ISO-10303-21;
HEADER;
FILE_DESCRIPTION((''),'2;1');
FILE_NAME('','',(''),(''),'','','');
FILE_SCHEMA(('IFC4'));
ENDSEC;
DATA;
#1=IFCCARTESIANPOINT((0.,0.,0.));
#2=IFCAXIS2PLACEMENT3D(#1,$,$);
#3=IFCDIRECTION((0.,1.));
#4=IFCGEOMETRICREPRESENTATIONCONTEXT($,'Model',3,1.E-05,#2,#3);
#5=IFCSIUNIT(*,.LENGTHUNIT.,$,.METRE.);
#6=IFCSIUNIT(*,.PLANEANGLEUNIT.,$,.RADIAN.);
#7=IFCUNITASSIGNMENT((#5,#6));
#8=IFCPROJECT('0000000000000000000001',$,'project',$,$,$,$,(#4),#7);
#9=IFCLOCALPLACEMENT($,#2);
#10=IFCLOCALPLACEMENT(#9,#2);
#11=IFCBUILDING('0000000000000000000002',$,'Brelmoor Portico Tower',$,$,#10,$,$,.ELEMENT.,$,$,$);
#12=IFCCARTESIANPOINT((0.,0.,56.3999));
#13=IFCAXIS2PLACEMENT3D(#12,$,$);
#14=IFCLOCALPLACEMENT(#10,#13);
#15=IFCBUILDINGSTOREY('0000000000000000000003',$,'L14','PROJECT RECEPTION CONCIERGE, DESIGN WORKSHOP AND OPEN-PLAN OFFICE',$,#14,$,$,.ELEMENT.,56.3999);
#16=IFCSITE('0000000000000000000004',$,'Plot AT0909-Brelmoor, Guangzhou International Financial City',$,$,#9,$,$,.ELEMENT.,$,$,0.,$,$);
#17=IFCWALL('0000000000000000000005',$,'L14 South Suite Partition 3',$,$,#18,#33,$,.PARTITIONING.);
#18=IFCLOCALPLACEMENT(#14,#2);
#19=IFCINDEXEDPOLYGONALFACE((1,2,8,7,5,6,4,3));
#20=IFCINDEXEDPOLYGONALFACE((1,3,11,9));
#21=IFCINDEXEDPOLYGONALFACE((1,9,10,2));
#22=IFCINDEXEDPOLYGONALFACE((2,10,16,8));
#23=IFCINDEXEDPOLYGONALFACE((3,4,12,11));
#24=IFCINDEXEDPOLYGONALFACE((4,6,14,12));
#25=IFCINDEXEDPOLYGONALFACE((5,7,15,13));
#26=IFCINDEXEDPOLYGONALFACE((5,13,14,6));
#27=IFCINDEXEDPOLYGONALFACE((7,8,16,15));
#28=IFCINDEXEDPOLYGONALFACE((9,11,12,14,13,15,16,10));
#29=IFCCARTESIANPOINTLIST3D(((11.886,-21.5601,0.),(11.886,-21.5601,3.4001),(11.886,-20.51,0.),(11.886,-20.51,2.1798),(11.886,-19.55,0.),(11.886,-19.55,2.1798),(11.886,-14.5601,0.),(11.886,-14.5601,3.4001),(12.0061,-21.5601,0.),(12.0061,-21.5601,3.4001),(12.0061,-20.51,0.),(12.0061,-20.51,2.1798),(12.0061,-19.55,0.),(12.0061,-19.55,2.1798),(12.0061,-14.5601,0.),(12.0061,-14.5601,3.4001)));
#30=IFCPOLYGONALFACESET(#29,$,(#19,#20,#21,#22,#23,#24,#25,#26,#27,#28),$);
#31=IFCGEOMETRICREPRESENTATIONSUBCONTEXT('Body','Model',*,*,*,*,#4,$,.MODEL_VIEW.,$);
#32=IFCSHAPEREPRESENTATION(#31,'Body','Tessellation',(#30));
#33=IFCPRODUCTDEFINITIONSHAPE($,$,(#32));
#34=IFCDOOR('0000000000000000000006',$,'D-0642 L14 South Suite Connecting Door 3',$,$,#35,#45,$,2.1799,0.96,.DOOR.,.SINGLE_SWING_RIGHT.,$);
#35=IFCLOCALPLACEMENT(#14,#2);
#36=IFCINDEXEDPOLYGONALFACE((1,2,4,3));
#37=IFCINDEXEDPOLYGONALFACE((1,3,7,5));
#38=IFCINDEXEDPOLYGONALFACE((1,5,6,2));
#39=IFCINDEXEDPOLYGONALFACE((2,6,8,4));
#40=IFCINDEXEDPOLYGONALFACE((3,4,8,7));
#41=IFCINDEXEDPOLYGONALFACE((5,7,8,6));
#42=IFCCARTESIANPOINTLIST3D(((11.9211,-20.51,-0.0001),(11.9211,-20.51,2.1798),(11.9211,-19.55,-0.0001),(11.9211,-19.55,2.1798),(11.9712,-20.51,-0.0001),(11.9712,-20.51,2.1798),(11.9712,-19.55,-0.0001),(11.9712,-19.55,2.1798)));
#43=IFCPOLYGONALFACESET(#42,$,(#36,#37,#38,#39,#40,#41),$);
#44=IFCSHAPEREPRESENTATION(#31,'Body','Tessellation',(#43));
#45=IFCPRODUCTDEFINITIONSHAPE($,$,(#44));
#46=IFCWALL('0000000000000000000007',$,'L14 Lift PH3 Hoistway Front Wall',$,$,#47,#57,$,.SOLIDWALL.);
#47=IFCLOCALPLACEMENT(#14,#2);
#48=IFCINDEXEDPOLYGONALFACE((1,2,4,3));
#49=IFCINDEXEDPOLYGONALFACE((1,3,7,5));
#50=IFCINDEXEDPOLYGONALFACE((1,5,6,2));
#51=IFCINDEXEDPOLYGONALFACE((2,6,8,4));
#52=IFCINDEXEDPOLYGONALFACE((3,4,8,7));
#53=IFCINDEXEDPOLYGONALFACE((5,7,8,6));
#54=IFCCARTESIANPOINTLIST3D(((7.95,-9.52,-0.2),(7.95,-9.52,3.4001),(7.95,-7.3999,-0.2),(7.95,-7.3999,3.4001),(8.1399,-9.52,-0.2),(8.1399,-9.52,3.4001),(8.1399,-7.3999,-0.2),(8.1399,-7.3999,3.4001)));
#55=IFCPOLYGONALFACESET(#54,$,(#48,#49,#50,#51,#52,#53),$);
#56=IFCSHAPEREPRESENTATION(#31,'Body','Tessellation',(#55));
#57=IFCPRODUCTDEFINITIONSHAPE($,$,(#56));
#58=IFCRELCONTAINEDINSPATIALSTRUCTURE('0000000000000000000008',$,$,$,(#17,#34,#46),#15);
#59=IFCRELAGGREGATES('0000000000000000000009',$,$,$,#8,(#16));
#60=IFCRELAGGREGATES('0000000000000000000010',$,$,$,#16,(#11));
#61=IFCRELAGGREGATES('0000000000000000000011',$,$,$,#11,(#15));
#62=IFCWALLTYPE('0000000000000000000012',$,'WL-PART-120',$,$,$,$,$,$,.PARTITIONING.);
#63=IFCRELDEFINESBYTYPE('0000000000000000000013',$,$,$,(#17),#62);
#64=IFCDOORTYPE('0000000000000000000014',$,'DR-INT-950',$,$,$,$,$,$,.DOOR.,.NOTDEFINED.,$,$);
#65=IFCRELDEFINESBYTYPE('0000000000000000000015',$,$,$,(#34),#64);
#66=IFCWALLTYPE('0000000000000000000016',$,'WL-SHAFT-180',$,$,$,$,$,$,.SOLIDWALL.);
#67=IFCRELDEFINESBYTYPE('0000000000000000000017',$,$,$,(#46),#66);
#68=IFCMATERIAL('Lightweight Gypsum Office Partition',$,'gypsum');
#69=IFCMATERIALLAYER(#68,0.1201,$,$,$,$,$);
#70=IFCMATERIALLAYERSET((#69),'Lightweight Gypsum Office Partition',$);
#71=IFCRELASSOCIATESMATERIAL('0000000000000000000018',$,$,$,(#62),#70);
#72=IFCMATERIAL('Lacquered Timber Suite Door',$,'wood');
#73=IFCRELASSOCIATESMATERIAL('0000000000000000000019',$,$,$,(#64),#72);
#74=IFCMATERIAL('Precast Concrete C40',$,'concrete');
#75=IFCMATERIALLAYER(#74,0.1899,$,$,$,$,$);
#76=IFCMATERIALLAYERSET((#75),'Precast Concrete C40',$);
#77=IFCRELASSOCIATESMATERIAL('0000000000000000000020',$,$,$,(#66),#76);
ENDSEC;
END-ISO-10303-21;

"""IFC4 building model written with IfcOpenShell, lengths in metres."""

from ifc_helpers import new_model, si_unit, direction, frame, frame_2d, origin, place, context, subcontext, project, spatial, rectangle, extrude, material, layer, layer_set, type_object, element, fill, save


model = new_model("IFC4")

# Units and contexts
model_context = context("Model", 3, precision=1e-05, world=origin(), true_north=direction((0.0, 1.0)))
body_context = subcontext(model_context, "Body", "Model", "MODEL_VIEW")
ifc_project = project(units=[si_unit("LENGTHUNIT", "METRE"), si_unit("PLANEANGLEUNIT", "RADIAN")], contexts=[model_context])

# Site, building, storey
site_placement = place(None, origin())
site = spatial("IfcSite", under=ifc_project, at=site_placement, Name="Plot AT0909-Brelmoor, Guangzhou International Financial City", CompositionType="ELEMENT", RefElevation=0.0)
building_placement = place(site_placement, origin())
building = spatial("IfcBuilding", under=site, at=building_placement, Name="Brelmoor Portico Tower", CompositionType="ELEMENT")
storey_placement = place(building_placement, frame((0.0, 0.0, 56.3999)))
storey = spatial("IfcBuildingStorey", under=building, at=storey_placement, Name="L14", Description="PROJECT RECEPTION CONCIERGE, DESIGN WORKSHOP AND OPEN-PLAN OFFICE", CompositionType="ELEMENT", Elevation=56.3999)

# Shared definitions
ifc_material_1 = material(Name="Lightweight Gypsum Office Partition", Category="gypsum")
ifc_layer_1 = layer(ifc_material_1, 0.1201)
ifc_layer_set_1 = layer_set([ifc_layer_1], Name="Lightweight Gypsum Office Partition")
wall_type_1 = type_object("IfcWallType", Name="WL-PART-120", PredefinedType="PARTITIONING", material=ifc_layer_set_1)

# Wall, opening, door
ifc_material_2 = material(Name="Lacquered Timber Suite Door", Category="wood")
door_type = type_object("IfcDoorType", Name="DR-INT-950", OperationType="NOTDEFINED", PredefinedType="DOOR", material=ifc_material_2)
wall_1_placement = place(storey_placement, frame((11.946, -21.5601, 0.0), z_axis=(0.0, 0.0, 1.0), x_axis=(0.0, 1.0, 0.0)))
wall_1 = element("IfcWall", 1, at=wall_1_placement, inside=storey, type_object=wall_type_1, Name="L14 South Suite Partition 3", PredefinedType="PARTITIONING", context=body_context, shape_type="SweptSolid", body=[
    extrude(rectangle(XDim=7.0, YDim=0.1201, at=frame_2d((3.5, 0.0))), origin(), (0.0, 0.0, 1.0), 3.4001),
])
opening_1_placement = place(wall_1_placement, frame((1.05, 0.0, 0.0)))
opening_1 = element("IfcOpeningElement", 2, at=opening_1_placement, cuts=wall_1, PredefinedType="OPENING", context=body_context, shape_type="SweptSolid", body=[
    extrude(rectangle(XDim=0.96, YDim=2.1799, at=frame_2d((0.48, 1.0898))), frame((0.0, 0.0701, 0.0), z_axis=(0.0, -1.0, 0.0), x_axis=(1.0, 0.0, 0.0)), (0.0, 0.0, 1.0), 0.1401),
])
door_1_placement = place(opening_1_placement, origin())
door_1 = element("IfcDoor", 3, at=door_1_placement, inside=storey, type_object=door_type, Name="D-0642 L14 South Suite Connecting Door 3", OperationType="SINGLE_SWING_RIGHT", OverallHeight=2.1799, OverallWidth=0.96, PredefinedType="DOOR", context=body_context, shape_type="SweptSolid", body=[
    extrude(rectangle(XDim=0.96, YDim=2.1799, at=frame_2d((0.48, 1.0898))), frame((0.0, 0.0249, 0.0), z_axis=(0.0, -1.0, 0.0), x_axis=(1.0, 0.0, 0.0)), (0.0, 0.0, 1.0), 0.05),
])
fill(opening_1, door_1)

# Wall
ifc_material_3 = material(Name="Precast Concrete C40", Category="concrete")
ifc_layer_2 = layer(ifc_material_3, 0.1899)
ifc_layer_set_2 = layer_set([ifc_layer_2], Name="Precast Concrete C40")
wall_type_2 = type_object("IfcWallType", Name="WL-SHAFT-180", PredefinedType="SOLIDWALL", material=ifc_layer_set_2)
wall_2_placement = place(storey_placement, frame((8.0449, -9.52, -0.2), z_axis=(0.0, 0.0, 1.0), x_axis=(0.0, 1.0, 0.0)))
element("IfcWall", 4, at=wall_2_placement, inside=storey, type_object=wall_type_2, Name="L14 Lift PH3 Hoistway Front Wall", PredefinedType="SOLIDWALL", context=body_context, shape_type="SweptSolid", body=[
    extrude(rectangle(XDim=2.1201, YDim=0.1899, at=frame_2d((1.0601, 0.0))), origin(), (0.0, 0.0, 1.0), 3.6001),
])

save(model, "model.ifc")
